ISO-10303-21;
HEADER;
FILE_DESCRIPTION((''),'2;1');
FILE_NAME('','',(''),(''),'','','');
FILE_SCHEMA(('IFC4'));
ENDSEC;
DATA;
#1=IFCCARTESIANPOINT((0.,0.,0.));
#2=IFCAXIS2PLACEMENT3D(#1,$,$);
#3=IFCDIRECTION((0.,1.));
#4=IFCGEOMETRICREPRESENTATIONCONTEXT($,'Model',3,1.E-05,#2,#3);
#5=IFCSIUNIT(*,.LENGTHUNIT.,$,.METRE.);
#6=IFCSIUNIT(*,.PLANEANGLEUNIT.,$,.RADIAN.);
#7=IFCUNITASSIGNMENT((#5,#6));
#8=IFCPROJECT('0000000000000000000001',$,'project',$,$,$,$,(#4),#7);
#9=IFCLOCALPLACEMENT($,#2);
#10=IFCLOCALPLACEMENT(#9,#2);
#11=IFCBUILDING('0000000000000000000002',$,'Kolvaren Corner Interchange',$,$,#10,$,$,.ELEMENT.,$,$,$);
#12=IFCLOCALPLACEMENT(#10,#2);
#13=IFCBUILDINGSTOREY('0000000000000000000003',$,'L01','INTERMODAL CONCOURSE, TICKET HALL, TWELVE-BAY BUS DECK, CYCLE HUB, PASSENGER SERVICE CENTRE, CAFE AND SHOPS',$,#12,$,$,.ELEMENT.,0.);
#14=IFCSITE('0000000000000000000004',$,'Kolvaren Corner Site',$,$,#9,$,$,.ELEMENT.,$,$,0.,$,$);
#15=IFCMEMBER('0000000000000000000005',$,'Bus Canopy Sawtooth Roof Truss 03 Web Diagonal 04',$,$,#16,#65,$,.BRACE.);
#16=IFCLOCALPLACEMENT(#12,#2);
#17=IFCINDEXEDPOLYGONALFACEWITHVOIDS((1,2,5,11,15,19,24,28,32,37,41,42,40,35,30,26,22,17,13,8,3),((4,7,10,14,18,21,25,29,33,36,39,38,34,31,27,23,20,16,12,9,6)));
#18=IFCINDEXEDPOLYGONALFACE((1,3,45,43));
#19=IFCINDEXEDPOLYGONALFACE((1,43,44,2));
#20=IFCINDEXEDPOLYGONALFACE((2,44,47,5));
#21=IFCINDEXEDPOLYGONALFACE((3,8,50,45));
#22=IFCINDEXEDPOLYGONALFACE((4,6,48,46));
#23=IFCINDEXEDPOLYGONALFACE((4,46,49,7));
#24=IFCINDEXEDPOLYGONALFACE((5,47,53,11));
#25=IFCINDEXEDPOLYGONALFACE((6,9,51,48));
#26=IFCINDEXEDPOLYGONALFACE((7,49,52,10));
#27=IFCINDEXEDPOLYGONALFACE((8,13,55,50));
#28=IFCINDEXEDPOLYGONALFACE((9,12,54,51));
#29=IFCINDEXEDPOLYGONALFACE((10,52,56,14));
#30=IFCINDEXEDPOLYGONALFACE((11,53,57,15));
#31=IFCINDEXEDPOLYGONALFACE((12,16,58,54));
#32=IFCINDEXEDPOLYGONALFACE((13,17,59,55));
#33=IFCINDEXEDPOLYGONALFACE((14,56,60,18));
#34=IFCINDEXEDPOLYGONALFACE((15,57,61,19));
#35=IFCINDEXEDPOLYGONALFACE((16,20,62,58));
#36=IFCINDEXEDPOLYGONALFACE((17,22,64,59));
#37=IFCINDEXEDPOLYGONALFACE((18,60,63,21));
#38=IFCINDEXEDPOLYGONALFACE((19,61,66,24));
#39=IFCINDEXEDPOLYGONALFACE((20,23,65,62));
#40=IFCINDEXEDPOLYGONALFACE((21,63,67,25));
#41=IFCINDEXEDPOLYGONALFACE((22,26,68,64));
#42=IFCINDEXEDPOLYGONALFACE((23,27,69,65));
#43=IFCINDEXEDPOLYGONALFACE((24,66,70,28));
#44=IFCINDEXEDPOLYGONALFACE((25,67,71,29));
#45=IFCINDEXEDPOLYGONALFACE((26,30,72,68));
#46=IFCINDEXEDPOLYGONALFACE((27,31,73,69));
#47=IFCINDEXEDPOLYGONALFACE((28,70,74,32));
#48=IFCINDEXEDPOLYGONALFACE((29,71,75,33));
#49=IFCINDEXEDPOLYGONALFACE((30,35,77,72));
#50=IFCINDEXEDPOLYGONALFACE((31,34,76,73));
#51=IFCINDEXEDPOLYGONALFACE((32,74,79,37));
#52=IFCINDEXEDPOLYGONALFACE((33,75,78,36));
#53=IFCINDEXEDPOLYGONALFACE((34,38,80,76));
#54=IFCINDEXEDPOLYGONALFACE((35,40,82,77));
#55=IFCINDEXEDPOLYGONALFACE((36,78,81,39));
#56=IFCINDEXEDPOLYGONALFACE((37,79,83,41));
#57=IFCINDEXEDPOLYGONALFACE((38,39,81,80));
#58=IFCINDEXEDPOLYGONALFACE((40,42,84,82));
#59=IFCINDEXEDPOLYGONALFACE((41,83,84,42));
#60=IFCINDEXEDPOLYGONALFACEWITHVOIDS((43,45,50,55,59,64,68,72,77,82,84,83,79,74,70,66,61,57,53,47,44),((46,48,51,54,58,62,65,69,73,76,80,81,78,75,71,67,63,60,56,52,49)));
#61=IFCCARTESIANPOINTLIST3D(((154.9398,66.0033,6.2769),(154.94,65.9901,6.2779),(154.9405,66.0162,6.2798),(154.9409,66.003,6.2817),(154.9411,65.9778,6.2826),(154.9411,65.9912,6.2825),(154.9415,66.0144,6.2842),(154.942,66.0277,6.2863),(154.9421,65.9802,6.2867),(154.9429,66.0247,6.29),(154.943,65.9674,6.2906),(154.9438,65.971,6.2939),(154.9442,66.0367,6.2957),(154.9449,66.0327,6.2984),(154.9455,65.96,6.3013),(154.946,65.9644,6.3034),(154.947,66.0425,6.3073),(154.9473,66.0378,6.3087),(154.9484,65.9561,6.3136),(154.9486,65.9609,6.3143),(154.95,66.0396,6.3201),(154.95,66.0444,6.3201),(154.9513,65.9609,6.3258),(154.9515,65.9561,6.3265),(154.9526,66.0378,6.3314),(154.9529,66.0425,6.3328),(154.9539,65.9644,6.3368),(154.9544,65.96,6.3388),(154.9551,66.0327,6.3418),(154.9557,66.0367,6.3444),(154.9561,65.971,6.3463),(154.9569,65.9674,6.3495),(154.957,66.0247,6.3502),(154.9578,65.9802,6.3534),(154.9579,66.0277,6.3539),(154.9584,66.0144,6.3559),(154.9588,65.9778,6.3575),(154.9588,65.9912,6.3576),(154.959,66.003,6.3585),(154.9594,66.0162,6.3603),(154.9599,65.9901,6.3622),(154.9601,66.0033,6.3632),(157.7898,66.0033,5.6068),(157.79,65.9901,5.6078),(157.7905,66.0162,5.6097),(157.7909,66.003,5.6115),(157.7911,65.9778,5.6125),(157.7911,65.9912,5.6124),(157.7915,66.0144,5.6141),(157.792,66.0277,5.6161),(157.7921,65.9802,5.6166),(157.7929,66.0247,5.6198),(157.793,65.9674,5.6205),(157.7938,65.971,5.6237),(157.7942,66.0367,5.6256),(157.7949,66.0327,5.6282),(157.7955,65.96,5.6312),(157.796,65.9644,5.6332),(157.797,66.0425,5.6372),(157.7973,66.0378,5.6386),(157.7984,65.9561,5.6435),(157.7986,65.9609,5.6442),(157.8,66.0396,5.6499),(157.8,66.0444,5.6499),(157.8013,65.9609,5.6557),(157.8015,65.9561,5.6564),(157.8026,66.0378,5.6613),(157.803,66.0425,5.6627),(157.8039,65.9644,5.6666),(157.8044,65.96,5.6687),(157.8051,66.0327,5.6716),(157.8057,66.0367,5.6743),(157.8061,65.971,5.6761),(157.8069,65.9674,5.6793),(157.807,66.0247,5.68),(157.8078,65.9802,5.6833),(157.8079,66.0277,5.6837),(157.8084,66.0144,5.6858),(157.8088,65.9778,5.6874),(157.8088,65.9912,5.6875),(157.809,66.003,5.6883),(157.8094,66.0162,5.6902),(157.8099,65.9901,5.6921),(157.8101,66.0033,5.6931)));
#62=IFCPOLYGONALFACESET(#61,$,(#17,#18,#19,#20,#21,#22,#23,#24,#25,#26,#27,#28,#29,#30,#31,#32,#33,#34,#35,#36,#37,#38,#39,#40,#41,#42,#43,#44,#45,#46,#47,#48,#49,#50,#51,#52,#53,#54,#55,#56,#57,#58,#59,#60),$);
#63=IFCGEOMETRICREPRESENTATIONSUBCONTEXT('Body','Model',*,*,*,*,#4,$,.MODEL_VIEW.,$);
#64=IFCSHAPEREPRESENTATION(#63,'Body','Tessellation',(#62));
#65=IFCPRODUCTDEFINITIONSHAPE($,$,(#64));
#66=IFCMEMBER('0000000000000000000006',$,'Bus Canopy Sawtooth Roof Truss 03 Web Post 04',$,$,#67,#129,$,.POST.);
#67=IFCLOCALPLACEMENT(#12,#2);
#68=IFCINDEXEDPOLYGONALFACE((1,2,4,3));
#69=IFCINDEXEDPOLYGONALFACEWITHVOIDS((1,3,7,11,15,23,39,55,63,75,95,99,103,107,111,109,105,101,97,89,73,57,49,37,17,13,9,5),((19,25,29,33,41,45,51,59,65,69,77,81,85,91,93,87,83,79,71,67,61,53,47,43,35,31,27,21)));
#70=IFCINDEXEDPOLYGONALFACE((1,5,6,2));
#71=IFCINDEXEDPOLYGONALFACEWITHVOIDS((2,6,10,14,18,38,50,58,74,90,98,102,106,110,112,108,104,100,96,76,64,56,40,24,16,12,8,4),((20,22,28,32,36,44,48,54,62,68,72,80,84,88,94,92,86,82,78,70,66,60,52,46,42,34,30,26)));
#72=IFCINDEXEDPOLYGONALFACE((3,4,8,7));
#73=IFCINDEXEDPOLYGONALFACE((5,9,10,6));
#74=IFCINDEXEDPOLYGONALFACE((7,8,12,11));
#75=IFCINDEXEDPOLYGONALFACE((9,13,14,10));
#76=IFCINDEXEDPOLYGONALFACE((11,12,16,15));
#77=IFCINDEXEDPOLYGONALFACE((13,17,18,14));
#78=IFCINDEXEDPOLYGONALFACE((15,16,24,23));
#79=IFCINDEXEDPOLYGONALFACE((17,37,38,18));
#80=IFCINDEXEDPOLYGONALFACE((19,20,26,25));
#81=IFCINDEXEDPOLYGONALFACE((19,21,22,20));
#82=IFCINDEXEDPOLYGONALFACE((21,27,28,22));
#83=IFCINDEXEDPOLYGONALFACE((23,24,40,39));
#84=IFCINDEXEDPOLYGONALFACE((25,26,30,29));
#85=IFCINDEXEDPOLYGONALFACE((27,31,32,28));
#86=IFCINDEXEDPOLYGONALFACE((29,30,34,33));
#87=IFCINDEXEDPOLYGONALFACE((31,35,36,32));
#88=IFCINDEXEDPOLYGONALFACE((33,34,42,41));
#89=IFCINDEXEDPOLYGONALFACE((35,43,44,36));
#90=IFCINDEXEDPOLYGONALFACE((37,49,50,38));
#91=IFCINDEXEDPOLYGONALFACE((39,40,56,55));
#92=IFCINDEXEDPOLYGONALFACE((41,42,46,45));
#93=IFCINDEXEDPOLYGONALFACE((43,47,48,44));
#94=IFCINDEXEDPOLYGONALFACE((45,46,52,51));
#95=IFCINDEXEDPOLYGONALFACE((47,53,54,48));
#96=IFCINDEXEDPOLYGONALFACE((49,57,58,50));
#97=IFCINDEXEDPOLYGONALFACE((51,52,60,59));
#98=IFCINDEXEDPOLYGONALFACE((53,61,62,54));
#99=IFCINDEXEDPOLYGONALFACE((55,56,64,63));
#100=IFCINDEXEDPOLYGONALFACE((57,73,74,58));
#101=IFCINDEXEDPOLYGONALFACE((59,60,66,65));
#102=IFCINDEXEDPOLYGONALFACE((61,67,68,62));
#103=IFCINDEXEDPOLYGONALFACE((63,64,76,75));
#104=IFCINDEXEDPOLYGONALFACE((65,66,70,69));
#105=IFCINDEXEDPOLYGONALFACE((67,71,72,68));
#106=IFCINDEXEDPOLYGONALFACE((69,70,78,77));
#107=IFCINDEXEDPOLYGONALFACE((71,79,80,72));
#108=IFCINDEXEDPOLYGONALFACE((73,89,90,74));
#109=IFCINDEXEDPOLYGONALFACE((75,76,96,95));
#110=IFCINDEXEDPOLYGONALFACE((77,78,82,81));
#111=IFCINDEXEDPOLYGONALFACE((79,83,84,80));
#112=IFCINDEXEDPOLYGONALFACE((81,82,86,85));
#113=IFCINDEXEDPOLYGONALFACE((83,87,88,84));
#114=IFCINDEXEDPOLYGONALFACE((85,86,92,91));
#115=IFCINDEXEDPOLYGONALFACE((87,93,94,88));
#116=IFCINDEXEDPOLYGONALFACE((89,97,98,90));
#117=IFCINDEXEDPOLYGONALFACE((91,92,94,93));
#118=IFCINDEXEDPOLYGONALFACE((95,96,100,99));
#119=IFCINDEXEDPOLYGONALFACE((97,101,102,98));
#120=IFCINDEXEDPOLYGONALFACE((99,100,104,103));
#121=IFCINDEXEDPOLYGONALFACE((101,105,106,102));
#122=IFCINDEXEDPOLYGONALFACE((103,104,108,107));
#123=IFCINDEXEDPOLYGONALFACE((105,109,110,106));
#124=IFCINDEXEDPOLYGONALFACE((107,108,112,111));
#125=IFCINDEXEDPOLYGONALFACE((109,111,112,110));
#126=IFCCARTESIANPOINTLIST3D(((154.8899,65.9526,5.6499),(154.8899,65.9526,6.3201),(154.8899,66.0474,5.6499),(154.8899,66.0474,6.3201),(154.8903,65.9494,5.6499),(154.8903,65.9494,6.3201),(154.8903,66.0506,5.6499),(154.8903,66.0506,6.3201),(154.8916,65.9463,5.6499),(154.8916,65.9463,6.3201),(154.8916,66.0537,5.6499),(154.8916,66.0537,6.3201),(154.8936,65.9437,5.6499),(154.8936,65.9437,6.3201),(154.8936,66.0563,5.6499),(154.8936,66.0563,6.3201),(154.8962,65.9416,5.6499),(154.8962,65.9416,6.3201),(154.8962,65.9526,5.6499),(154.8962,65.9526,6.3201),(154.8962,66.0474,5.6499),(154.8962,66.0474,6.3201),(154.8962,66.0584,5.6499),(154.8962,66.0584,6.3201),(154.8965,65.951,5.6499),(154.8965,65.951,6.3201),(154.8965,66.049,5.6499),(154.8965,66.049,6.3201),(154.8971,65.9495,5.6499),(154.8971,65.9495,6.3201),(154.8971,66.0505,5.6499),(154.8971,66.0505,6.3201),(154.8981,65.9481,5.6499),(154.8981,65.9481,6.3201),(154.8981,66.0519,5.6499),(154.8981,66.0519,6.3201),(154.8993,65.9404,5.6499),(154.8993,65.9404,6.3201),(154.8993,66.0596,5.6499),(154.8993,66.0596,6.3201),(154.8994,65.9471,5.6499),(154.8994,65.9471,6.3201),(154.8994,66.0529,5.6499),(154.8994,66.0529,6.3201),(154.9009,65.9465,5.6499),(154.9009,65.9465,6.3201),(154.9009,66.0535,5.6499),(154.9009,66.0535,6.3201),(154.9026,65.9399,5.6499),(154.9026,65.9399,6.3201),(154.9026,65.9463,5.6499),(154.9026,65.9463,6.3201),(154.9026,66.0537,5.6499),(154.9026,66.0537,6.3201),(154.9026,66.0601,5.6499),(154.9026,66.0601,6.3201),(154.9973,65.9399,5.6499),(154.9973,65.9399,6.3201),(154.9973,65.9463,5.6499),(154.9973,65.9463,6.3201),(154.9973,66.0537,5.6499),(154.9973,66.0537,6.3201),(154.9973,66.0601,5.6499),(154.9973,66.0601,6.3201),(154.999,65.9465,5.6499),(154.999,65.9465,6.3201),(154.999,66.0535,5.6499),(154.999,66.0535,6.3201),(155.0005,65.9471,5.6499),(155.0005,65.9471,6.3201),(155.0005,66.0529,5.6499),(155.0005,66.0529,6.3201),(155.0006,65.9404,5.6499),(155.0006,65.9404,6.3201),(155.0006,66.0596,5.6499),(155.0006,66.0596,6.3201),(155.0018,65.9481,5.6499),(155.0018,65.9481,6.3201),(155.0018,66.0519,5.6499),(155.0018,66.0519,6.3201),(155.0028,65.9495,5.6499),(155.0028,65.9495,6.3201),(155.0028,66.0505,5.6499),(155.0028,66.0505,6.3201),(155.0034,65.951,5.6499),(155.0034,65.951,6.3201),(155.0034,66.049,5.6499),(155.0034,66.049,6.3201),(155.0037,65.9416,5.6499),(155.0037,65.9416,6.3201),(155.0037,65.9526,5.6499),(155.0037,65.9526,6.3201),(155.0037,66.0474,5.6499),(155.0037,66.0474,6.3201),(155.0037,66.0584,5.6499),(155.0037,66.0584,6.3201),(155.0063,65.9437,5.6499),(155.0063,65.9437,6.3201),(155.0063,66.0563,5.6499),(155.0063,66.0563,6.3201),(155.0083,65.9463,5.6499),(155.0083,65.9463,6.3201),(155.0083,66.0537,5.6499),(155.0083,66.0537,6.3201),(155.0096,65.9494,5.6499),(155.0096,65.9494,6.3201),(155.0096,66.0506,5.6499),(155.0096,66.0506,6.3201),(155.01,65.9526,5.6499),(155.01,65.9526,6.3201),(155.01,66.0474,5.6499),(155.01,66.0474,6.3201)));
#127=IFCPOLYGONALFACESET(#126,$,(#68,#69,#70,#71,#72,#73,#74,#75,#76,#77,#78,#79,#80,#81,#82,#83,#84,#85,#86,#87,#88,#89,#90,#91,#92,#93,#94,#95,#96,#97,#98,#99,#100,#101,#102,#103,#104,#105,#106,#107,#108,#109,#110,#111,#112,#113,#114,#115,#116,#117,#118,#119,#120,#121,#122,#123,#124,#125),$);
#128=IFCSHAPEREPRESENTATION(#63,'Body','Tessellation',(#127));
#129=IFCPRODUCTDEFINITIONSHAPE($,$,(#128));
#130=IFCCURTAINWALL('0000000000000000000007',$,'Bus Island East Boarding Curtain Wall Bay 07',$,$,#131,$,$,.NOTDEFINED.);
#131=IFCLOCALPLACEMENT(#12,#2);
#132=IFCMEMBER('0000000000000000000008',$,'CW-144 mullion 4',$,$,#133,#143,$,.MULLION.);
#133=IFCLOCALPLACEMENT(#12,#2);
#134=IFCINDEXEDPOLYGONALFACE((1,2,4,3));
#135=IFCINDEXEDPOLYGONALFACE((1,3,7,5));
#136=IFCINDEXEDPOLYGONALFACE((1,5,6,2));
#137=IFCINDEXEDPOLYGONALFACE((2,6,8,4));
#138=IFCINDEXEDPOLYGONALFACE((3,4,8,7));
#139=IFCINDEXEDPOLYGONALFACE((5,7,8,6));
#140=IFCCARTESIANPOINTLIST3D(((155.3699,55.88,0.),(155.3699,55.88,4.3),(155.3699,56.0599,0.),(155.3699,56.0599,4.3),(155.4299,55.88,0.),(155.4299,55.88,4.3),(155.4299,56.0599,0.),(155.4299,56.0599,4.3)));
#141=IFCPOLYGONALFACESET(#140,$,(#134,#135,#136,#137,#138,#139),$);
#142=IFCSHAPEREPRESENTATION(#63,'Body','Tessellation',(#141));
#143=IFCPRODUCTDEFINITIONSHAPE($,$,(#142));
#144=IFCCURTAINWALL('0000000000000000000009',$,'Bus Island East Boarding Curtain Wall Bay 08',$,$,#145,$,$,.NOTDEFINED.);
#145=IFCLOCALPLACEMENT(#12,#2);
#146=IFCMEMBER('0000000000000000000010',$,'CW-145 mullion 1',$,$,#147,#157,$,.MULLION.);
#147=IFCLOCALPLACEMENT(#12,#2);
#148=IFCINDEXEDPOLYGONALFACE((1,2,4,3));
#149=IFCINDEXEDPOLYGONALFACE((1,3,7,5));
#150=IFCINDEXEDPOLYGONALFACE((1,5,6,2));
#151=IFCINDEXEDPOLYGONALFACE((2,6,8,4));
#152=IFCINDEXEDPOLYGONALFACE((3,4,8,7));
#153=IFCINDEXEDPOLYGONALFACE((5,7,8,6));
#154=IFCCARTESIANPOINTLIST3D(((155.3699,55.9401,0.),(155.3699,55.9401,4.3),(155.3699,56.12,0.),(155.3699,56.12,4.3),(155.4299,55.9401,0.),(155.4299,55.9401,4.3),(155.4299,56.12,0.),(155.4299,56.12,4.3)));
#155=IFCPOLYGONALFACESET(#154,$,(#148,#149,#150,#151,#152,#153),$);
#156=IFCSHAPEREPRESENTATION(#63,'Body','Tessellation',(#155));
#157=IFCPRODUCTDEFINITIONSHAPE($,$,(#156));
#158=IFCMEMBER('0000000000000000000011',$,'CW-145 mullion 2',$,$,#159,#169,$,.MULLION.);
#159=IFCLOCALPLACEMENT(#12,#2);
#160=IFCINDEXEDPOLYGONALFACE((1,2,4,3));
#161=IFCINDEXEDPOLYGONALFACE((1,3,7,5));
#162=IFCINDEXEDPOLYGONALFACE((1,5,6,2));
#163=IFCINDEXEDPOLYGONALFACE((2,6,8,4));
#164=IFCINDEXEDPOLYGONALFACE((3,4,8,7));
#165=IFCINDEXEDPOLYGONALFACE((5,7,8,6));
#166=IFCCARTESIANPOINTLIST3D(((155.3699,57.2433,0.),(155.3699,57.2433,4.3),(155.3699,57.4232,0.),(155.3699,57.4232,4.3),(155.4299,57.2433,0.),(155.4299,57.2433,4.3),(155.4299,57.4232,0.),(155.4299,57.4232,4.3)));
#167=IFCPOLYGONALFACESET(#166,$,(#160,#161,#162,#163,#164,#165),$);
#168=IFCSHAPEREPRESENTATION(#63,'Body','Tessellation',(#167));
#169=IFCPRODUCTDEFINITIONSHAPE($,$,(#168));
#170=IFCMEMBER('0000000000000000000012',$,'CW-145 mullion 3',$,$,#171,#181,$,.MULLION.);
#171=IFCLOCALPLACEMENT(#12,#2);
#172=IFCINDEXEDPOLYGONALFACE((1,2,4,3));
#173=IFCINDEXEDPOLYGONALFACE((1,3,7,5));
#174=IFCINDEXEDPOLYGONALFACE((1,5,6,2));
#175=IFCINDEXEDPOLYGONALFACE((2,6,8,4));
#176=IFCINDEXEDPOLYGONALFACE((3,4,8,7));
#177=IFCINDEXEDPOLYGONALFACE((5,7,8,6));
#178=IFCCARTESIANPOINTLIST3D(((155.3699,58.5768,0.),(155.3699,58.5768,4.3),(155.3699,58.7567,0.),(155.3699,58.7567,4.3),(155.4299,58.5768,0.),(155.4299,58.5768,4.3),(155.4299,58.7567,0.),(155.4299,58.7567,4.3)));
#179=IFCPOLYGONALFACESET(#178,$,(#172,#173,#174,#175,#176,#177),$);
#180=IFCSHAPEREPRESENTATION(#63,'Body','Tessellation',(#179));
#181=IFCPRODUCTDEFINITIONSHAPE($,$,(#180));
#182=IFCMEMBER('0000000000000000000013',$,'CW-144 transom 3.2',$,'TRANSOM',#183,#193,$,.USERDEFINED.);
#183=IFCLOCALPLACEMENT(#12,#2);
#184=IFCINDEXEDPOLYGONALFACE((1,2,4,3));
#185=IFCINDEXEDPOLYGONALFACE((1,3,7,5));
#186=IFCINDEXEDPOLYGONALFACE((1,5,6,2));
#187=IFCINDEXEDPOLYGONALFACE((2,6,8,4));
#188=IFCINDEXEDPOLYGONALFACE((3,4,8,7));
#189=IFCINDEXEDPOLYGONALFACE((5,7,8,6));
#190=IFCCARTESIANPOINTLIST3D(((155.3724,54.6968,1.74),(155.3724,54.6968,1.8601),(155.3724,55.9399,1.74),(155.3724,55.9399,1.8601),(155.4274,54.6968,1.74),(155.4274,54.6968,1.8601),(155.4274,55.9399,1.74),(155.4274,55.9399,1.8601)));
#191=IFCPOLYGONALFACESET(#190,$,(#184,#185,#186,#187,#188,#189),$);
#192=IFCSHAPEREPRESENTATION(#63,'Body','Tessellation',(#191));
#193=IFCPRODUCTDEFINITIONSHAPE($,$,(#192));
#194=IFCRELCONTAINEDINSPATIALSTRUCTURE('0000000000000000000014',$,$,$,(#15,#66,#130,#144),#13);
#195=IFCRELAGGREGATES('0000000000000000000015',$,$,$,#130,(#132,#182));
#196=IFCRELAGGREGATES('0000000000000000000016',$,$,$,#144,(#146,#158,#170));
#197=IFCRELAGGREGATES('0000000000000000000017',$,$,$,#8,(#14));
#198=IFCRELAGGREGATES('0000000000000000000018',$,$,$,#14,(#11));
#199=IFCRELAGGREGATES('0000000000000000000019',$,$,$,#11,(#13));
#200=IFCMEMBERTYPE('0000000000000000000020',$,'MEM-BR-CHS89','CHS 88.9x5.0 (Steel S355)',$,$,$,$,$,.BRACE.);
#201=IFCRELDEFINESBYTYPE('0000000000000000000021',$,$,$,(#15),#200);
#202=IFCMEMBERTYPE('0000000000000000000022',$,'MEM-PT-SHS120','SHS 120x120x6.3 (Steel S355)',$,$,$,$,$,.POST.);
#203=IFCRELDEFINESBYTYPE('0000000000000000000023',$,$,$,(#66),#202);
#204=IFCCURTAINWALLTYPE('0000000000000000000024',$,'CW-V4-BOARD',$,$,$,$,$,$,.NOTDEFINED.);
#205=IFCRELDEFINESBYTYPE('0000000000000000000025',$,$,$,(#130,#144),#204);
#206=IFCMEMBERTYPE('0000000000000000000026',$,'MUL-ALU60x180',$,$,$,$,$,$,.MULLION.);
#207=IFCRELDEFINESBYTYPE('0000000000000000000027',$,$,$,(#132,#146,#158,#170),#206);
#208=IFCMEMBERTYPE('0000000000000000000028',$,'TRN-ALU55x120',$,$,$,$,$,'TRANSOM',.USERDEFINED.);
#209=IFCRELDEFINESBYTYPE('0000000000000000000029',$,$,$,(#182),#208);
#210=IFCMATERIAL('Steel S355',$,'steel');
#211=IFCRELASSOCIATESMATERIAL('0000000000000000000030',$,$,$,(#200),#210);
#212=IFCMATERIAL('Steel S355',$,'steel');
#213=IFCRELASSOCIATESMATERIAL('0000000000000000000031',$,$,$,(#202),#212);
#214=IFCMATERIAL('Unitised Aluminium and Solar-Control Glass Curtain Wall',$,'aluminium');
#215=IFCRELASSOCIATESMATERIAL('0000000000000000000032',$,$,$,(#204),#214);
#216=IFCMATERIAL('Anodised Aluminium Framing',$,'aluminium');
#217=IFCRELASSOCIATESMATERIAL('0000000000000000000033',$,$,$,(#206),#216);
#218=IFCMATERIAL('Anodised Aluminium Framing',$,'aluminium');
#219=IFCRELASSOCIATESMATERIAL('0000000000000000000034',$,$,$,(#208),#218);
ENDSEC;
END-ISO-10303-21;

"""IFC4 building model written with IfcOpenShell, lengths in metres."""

from ifc_helpers import new_model, si_unit, direction, frame, origin, origin_2d, place, context, subcontext, project, spatial, rectangle, hollow_rectangle, hollow_circle, extrude, material, material_profile, profile_set, type_object, element, aggregate, save


model = new_model("IFC4")

# Units and contexts
model_context = context("Model", 3, precision=1e-05, world=origin(), true_north=direction((0.0, 1.0)))
body_context = subcontext(model_context, "Body", "Model", "MODEL_VIEW")
ifc_project = project(units=[si_unit("LENGTHUNIT", "METRE"), si_unit("PLANEANGLEUNIT", "RADIAN")], contexts=[model_context])

# Site, building, storey
site_placement = place(None, origin())
site = spatial("IfcSite", under=ifc_project, at=site_placement, Name="Kolvaren Corner Site", CompositionType="ELEMENT", RefElevation=0.0)
building_placement = place(site_placement, origin())
building = spatial("IfcBuilding", under=site, at=building_placement, Name="Kolvaren Corner Interchange", CompositionType="ELEMENT")
storey_placement = place(building_placement, origin())
storey = spatial("IfcBuildingStorey", under=building, at=storey_placement, Name="L01", Description="INTERMODAL CONCOURSE, TICKET HALL, TWELVE-BAY BUS DECK, CYCLE HUB, PASSENGER SERVICE CENTRE, CAFE AND SHOPS", CompositionType="ELEMENT", Elevation=0.0)

# Members
ifc_material_1 = material(Name="Steel S355", Category="steel")
ifc_material_profile_1 = material_profile(ifc_material_1, hollow_circle(Radius=0.0444, WallThickness=0.0049, at=origin_2d()), Name="CHS 88.9x5.0")
ifc_profile_set_1 = profile_set([ifc_material_profile_1], Name="Steel S355")
member_type_1 = type_object("IfcMemberType", Name="MEM-BR-CHS89", Description="CHS 88.9x5.0 (Steel S355)", PredefinedType="BRACE", material=ifc_profile_set_1)
member_1_placement = place(storey_placement, frame((154.95, 66.0, 6.3201), z_axis=(0.973451, 0.0, -0.228895), x_axis=(0.0, 1.0, 0.0)))
element("IfcMember", 1, at=member_1_placement, inside=storey, type_object=member_type_1, Name="Bus Canopy Sawtooth Roof Truss 03 Web Diagonal 04", PredefinedType="BRACE", context=body_context, shape_type="SweptSolid", body=[
    extrude(hollow_circle(Radius=0.0444, WallThickness=0.0049, at=origin_2d()), origin(), (0.0, 0.0, 1.0), 2.9277),
])
ifc_material_2 = material(Name="Steel S355", Category="steel")
ifc_material_profile_2 = material_profile(ifc_material_2, hollow_rectangle(XDim=0.1201, YDim=0.1201, WallThickness=0.0063, InnerFilletRadius=0.0063, OuterFilletRadius=0.0127, at=origin_2d()), Name="SHS 120x120x6.3")
ifc_profile_set_2 = profile_set([ifc_material_profile_2], Name="Steel S355")
member_type_2 = type_object("IfcMemberType", Name="MEM-PT-SHS120", Description="SHS 120x120x6.3 (Steel S355)", PredefinedType="POST", material=ifc_profile_set_2)
member_2_placement = place(storey_placement, frame((154.95, 66.0, 5.6499), z_axis=(0.0, 0.0, 1.0), x_axis=(1.0, 0.0, 0.0)))
element("IfcMember", 2, at=member_2_placement, inside=storey, type_object=member_type_2, Name="Bus Canopy Sawtooth Roof Truss 03 Web Post 04", PredefinedType="POST", context=body_context, shape_type="SweptSolid", body=[
    extrude(hollow_rectangle(XDim=0.1201, YDim=0.1201, WallThickness=0.0063, InnerFilletRadius=0.0063, OuterFilletRadius=0.0127, at=origin_2d()), origin(), (0.0, 0.0, 1.0), 0.6702),
])

# Curtain wall, member
ifc_material_3 = material(Name="Unitised Aluminium and Solar-Control Glass Curtain Wall", Category="aluminium")
curtain_wall_type = type_object("IfcCurtainWallType", Name="CW-V4-BOARD", PredefinedType="NOTDEFINED", material=ifc_material_3)
curtain_wall_1_placement = place(storey_placement, origin())
curtain_wall_1 = element("IfcCurtainWall", 3, at=curtain_wall_1_placement, inside=storey, type_object=curtain_wall_type, Name="Bus Island East Boarding Curtain Wall Bay 07", PredefinedType="NOTDEFINED")
ifc_material_4 = material(Name="Anodised Aluminium Framing", Category="aluminium")
ifc_material_profile_3 = material_profile(ifc_material_4, rectangle(XDim=0.0601, YDim=0.1799, at=origin_2d()), Name="ALU 60x180")
ifc_profile_set_3 = profile_set([ifc_material_profile_3], Name="Anodised Aluminium Framing")
member_type_3 = type_object("IfcMemberType", Name="MUL-ALU60x180", PredefinedType="MULLION", material=ifc_profile_set_3)
member_3_placement = place(storey_placement, frame((155.3999, 55.97, 0.0), z_axis=(0.0, 0.0, 1.0), x_axis=(-1.0, 0.0, 0.0)))
member_3 = element("IfcMember", 4, at=member_3_placement, type_object=member_type_3, Name="CW-144 mullion 4", PredefinedType="MULLION", context=body_context, shape_type="SweptSolid", body=[
    extrude(rectangle(XDim=0.0601, YDim=0.1799, at=origin_2d()), origin(), (0.0, 0.0, 1.0), 4.3),
])

# Curtain wall, members
curtain_wall_2_placement = place(storey_placement, origin())
curtain_wall_2 = element("IfcCurtainWall", 5, at=curtain_wall_2_placement, inside=storey, type_object=curtain_wall_type, Name="Bus Island East Boarding Curtain Wall Bay 08", PredefinedType="NOTDEFINED")
member_4_placement = place(storey_placement, frame((155.3999, 56.03, 0.0), z_axis=(0.0, 0.0, 1.0), x_axis=(-1.0, 0.0, 0.0)))
member_4 = element("IfcMember", 6, at=member_4_placement, type_object=member_type_3, Name="CW-145 mullion 1", PredefinedType="MULLION", context=body_context, shape_type="SweptSolid", body=[
    extrude(rectangle(XDim=0.0601, YDim=0.1799, at=origin_2d()), origin(), (0.0, 0.0, 1.0), 4.3),
])
member_5_placement = place(storey_placement, frame((155.3999, 57.3333, 0.0), z_axis=(0.0, 0.0, 1.0), x_axis=(-1.0, 0.0, 0.0)))
member_5 = element("IfcMember", 7, at=member_5_placement, type_object=member_type_3, Name="CW-145 mullion 2", PredefinedType="MULLION", context=body_context, shape_type="SweptSolid", body=[
    extrude(rectangle(XDim=0.0601, YDim=0.1799, at=origin_2d()), origin(), (0.0, 0.0, 1.0), 4.3),
])
member_6_placement = place(storey_placement, frame((155.3999, 58.6667, 0.0), z_axis=(0.0, 0.0, 1.0), x_axis=(-1.0, 0.0, 0.0)))
member_6 = element("IfcMember", 8, at=member_6_placement, type_object=member_type_3, Name="CW-145 mullion 3", PredefinedType="MULLION", context=body_context, shape_type="SweptSolid", body=[
    extrude(rectangle(XDim=0.0601, YDim=0.1799, at=origin_2d()), origin(), (0.0, 0.0, 1.0), 4.3),
])

# Member
ifc_material_5 = material(Name="Anodised Aluminium Framing", Category="aluminium")
ifc_material_profile_4 = material_profile(ifc_material_5, rectangle(XDim=0.0549, YDim=0.1201, at=origin_2d()), Name="ALU 55x120")
ifc_profile_set_4 = profile_set([ifc_material_profile_4], Name="Anodised Aluminium Framing")
member_type_4 = type_object("IfcMemberType", Name="TRN-ALU55x120", ElementType="TRANSOM", PredefinedType="USERDEFINED", material=ifc_profile_set_4)
member_7_placement = place(storey_placement, frame((155.3999, 54.6968, 1.8), z_axis=(0.0, 1.0, 0.0), x_axis=(-1.0, 0.0, 0.0)))
member_7 = element("IfcMember", 9, at=member_7_placement, type_object=member_type_4, Name="CW-144 transom 3.2", ObjectType="TRANSOM", PredefinedType="USERDEFINED", context=body_context, shape_type="SweptSolid", body=[
    extrude(rectangle(XDim=0.0549, YDim=0.1201, at=origin_2d()), origin(), (0.0, 0.0, 1.0), 1.2432),
])

aggregate(curtain_wall_1, [member_3, member_7])
aggregate(curtain_wall_2, [member_4, member_5, member_6])

save(model, "model.ifc")
